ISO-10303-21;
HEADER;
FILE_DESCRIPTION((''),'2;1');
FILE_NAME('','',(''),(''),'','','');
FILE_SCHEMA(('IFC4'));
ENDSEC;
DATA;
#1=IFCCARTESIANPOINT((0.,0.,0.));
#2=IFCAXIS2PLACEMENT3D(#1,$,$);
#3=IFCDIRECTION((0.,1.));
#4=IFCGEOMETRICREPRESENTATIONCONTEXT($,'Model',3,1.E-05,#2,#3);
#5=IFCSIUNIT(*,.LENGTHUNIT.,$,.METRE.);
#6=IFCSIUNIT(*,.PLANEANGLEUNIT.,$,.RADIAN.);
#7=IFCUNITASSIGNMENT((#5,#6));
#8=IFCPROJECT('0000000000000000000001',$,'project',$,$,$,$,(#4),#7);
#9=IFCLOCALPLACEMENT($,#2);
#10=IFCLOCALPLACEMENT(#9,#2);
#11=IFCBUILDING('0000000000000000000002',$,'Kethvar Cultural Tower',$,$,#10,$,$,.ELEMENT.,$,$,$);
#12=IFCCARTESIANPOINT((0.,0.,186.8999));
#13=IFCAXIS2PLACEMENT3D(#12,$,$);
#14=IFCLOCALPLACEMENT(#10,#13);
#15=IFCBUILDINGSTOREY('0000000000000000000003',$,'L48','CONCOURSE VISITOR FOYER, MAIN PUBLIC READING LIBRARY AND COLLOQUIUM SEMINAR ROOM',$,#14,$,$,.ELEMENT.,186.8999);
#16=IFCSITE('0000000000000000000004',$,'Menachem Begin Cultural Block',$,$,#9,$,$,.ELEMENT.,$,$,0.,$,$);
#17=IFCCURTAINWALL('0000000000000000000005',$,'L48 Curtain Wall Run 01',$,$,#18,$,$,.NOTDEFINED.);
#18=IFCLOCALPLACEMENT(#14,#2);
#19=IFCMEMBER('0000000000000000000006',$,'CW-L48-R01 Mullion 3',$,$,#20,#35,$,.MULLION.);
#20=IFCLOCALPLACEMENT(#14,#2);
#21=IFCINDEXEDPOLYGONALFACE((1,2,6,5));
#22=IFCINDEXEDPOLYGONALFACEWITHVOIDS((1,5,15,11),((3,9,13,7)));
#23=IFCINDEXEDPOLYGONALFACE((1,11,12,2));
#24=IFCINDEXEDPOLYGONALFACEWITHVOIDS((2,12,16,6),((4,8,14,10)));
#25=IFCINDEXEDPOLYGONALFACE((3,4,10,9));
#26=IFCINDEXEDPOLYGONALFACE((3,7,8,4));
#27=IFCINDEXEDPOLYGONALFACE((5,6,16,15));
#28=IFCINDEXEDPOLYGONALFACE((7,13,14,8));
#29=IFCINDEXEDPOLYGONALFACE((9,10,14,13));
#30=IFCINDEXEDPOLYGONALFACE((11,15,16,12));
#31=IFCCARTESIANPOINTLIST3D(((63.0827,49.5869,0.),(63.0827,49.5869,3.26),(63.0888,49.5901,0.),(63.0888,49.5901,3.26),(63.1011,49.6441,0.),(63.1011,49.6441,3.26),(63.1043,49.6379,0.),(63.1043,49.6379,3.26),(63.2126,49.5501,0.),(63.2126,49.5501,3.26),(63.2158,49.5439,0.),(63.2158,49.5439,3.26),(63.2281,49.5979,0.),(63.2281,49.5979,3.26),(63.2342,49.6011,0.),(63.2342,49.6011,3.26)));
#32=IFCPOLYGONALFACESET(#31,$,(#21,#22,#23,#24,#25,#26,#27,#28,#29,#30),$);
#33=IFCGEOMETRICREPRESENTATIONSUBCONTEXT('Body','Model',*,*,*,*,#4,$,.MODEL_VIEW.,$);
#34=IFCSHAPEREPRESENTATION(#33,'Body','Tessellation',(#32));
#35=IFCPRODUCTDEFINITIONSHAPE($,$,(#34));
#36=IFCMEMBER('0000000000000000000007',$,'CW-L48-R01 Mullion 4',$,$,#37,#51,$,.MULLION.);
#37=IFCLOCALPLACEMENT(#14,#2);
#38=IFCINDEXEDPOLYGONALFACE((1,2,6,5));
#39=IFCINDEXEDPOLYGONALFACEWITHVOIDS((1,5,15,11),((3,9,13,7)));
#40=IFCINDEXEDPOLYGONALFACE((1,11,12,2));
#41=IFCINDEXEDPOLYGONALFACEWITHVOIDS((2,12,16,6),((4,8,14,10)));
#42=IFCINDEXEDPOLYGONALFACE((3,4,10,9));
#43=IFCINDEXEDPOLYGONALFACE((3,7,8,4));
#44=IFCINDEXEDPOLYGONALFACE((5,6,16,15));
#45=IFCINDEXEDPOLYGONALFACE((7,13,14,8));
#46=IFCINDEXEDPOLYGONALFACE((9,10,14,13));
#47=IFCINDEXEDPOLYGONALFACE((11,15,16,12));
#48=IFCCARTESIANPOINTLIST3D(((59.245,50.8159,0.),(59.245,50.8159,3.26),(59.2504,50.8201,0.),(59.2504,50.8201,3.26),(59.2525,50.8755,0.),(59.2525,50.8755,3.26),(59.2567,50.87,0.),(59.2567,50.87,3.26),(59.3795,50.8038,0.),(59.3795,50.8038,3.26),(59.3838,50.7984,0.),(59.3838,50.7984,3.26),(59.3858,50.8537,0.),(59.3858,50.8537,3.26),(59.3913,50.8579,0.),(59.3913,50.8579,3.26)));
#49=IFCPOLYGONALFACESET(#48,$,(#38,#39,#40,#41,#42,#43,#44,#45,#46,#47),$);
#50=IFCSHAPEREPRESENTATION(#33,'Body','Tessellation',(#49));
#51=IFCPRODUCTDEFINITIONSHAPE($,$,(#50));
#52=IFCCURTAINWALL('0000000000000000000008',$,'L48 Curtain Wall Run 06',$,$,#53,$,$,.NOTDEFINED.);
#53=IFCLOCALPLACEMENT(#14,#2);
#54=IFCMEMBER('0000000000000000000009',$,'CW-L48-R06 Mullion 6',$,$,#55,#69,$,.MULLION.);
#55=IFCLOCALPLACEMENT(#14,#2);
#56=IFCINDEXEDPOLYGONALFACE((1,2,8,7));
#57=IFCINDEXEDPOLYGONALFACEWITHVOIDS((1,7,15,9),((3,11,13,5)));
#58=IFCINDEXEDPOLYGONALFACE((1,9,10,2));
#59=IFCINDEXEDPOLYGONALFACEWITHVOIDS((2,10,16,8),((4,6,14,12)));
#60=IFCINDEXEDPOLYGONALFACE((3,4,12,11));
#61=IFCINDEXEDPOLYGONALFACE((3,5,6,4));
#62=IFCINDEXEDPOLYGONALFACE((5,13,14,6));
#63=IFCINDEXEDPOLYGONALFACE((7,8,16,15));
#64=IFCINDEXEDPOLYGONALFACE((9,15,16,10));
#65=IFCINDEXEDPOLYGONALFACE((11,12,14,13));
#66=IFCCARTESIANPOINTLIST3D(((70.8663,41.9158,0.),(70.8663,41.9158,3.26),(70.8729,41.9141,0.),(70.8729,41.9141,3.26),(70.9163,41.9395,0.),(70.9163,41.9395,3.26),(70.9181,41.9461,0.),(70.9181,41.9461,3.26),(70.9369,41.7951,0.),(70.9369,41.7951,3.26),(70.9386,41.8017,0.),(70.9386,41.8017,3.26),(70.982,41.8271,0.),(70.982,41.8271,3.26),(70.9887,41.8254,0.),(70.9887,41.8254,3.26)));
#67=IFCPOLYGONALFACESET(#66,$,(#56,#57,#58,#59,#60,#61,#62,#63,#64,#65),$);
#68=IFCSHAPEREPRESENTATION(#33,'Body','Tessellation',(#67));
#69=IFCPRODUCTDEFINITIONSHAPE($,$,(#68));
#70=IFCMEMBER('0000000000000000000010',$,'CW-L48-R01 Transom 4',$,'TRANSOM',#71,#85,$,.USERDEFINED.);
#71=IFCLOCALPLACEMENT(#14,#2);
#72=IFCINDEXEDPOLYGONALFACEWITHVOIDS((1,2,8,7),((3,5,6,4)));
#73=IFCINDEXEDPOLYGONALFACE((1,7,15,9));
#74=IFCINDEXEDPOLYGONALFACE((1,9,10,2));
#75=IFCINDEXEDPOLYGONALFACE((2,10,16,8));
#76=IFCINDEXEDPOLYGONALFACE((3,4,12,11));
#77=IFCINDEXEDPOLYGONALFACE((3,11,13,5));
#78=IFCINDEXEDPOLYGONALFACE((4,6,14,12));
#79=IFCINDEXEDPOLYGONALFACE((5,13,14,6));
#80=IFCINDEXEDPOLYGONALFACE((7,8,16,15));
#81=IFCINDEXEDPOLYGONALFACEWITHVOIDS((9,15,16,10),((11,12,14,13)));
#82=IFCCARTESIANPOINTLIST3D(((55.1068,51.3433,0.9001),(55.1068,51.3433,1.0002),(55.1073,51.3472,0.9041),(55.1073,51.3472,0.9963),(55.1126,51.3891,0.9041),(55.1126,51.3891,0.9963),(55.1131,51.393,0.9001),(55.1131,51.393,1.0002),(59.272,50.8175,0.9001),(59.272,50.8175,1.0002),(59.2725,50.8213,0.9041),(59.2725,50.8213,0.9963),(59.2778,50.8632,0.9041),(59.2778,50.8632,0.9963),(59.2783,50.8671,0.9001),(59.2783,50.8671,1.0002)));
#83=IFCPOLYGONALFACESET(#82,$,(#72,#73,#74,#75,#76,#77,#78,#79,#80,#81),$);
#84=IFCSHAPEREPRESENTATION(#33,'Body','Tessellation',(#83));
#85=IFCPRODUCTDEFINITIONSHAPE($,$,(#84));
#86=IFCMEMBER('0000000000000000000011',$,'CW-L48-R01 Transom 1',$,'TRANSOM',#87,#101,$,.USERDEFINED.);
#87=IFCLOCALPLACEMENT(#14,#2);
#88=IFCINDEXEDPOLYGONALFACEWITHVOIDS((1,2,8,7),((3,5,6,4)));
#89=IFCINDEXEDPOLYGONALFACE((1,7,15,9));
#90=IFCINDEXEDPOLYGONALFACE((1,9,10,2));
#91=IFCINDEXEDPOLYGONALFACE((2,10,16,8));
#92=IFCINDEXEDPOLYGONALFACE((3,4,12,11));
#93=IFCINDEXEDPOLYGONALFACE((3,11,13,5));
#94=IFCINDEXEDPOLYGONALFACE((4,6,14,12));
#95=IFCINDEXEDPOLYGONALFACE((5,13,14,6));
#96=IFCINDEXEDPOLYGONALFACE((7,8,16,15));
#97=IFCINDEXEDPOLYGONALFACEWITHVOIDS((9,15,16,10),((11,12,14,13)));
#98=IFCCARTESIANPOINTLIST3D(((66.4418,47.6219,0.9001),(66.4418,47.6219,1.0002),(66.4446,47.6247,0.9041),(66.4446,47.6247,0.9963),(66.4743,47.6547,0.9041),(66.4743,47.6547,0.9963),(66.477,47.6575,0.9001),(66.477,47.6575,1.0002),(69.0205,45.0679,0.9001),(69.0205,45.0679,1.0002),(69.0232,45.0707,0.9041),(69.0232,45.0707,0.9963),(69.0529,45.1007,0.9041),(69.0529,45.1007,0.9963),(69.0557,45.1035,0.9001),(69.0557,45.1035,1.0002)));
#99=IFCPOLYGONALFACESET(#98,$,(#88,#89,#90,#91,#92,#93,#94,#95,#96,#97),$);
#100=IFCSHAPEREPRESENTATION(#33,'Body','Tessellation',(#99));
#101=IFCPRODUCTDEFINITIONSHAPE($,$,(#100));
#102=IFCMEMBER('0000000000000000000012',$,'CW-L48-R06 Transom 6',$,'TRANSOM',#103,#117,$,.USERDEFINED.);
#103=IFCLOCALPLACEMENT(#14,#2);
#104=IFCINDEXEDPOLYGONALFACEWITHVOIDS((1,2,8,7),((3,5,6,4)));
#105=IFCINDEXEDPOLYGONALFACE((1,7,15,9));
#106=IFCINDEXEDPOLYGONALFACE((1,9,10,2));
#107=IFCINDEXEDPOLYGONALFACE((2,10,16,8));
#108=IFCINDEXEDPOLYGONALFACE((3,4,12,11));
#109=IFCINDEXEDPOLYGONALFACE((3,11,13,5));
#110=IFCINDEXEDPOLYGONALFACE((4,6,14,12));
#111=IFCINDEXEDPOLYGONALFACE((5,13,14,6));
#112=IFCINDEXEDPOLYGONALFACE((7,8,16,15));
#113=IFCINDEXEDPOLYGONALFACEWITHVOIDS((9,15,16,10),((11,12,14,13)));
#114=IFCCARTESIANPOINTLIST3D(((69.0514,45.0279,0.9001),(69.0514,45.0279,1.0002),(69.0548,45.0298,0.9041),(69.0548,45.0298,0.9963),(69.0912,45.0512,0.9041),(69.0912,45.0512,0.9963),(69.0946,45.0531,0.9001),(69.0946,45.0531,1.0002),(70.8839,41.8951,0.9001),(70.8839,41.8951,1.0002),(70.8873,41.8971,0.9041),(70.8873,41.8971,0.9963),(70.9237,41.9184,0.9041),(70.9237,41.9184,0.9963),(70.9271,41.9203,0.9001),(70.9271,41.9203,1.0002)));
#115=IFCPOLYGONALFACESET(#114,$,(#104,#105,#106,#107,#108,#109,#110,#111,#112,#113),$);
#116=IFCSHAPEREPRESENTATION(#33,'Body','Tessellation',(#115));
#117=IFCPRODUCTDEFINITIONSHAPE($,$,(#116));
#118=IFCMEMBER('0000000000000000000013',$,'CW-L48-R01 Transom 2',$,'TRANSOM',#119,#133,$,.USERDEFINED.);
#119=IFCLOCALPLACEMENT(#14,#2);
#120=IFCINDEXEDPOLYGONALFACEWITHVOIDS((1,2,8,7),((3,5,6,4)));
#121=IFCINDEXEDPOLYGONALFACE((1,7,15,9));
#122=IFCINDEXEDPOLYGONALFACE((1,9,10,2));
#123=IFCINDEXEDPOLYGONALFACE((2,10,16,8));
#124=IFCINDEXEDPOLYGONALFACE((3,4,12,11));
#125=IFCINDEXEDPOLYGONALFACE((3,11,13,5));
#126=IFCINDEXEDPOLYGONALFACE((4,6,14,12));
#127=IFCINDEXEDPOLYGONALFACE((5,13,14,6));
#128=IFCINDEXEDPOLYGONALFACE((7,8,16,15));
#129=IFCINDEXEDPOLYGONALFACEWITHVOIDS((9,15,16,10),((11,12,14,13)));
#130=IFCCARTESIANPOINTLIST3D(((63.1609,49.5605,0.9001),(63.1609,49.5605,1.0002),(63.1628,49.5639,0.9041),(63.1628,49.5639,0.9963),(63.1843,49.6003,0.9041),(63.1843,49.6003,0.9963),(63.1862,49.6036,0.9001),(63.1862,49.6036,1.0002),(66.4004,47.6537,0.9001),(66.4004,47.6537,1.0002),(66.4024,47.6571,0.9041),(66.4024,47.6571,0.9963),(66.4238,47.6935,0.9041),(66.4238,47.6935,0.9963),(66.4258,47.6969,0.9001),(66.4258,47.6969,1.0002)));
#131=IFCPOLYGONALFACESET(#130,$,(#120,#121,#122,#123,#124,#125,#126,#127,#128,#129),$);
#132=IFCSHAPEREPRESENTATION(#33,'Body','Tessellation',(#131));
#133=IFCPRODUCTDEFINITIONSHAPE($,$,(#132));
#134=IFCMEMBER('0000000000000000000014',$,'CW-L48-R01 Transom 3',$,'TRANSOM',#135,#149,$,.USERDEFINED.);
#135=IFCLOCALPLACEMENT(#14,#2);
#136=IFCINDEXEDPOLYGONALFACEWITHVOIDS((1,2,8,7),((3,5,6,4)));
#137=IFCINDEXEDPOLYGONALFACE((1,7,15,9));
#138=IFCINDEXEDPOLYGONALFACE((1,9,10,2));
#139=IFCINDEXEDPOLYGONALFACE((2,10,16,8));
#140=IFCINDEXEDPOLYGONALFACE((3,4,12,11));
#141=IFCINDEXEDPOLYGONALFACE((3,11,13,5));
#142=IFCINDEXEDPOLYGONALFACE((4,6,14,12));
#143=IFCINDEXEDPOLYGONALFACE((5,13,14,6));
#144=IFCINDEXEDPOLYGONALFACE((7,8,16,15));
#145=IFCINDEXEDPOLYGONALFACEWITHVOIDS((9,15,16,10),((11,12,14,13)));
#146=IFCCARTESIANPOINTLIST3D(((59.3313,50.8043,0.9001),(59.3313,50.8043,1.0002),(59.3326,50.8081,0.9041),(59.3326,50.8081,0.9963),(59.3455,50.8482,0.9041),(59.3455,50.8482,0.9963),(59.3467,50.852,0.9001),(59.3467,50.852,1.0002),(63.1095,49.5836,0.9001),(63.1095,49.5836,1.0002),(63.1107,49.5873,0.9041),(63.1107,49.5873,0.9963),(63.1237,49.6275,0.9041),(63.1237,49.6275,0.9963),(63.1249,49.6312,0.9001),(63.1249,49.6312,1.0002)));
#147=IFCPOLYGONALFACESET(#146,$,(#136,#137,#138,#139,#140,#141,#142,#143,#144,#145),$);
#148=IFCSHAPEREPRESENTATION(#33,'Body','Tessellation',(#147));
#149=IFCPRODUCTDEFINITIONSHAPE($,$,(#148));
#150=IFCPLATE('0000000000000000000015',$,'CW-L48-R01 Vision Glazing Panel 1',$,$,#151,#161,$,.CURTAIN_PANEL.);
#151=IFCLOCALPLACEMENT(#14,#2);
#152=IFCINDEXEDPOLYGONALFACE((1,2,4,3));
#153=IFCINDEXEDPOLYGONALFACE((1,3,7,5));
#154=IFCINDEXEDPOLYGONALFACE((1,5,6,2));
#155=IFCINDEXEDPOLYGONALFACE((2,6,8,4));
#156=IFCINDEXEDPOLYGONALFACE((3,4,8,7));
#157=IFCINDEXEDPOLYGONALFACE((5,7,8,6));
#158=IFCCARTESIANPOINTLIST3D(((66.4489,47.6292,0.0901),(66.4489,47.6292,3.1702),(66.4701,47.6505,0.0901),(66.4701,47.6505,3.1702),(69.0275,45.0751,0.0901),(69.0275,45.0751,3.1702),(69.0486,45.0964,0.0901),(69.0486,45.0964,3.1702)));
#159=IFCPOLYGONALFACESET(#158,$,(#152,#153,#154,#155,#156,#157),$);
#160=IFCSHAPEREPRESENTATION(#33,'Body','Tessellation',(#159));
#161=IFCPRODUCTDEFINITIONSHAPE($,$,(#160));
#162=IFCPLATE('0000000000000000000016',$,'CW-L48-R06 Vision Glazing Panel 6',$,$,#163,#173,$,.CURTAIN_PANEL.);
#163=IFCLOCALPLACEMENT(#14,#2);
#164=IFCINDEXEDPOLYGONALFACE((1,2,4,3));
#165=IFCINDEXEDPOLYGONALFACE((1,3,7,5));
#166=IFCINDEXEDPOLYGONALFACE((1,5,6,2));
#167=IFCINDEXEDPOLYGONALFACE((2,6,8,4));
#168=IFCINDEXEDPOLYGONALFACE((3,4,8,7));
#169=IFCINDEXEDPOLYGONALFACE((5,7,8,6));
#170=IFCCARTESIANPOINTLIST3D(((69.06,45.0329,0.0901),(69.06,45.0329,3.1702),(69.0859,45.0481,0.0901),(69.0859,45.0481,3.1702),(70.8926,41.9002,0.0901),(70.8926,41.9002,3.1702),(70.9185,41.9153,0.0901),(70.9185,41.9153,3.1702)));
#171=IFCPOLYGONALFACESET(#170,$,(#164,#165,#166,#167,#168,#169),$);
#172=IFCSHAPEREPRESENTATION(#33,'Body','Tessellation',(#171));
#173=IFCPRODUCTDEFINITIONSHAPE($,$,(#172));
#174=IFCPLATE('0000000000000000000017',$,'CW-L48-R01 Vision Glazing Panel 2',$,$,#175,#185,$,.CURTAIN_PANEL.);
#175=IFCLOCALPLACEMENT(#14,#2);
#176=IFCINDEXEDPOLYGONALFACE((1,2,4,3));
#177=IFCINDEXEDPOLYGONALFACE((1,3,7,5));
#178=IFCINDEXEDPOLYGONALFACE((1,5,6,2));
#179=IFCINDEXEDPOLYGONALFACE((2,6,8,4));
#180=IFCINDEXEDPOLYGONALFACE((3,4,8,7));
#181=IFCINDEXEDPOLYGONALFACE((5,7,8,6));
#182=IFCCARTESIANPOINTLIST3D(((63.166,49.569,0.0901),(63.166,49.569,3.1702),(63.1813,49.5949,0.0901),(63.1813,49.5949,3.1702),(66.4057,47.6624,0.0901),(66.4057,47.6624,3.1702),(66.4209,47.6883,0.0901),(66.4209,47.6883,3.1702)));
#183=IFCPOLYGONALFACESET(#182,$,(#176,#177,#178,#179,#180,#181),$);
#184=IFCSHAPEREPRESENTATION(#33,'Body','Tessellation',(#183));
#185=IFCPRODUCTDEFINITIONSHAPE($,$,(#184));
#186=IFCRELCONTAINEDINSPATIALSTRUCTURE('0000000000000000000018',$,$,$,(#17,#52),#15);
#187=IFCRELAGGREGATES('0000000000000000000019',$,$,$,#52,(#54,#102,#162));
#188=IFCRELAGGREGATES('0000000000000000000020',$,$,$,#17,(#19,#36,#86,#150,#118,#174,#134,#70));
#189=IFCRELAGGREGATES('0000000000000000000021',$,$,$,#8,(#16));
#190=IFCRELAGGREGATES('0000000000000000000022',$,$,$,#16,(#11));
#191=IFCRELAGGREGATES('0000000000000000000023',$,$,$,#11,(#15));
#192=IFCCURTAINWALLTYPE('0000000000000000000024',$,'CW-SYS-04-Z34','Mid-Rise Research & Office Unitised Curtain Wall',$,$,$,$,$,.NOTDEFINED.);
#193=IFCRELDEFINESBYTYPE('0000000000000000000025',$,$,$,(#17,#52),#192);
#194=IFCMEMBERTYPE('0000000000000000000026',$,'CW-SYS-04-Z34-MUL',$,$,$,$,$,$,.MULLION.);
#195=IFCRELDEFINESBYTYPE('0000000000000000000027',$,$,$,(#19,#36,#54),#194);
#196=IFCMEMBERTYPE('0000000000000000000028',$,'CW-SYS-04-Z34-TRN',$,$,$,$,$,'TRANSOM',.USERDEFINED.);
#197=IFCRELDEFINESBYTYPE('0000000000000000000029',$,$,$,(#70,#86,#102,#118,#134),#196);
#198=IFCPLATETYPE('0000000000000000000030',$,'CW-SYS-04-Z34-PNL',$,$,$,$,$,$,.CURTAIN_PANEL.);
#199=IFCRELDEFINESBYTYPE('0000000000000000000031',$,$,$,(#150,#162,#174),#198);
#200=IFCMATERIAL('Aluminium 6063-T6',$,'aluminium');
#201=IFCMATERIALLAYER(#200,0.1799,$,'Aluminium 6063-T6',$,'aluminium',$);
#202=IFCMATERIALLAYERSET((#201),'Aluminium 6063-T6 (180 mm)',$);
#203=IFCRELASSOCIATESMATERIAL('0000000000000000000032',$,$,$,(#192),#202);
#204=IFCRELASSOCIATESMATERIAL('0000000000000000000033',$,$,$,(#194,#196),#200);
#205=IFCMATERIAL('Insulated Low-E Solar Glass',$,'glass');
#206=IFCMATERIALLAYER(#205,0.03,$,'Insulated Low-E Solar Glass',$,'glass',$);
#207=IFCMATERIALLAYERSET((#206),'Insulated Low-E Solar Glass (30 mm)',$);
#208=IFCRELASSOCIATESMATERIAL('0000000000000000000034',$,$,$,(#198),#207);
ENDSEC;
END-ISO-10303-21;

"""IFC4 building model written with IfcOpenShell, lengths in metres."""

from ifc_helpers import new_model, si_unit, direction, frame, origin, origin_2d, place, context, subcontext, project, spatial, rectangle, hollow_rectangle, extrude, source, transform, mapped, material, layer, layer_set, material_profile, profile_set, type_object, element, aggregate, save


model = new_model("IFC4")

# Units and contexts
model_context = context("Model", 3, precision=1e-05, world=origin(), true_north=direction((0.0, 1.0)))
body_context = subcontext(model_context, "Body", "Model", "MODEL_VIEW")
ifc_project = project(units=[si_unit("LENGTHUNIT", "METRE"), si_unit("PLANEANGLEUNIT", "RADIAN")], contexts=[model_context])

# Site, building, storey
site_placement = place(None, origin())
site = spatial("IfcSite", under=ifc_project, at=site_placement, Name="Menachem Begin Cultural Block", CompositionType="ELEMENT", RefElevation=0.0)
building_placement = place(site_placement, origin())
building = spatial("IfcBuilding", under=site, at=building_placement, Name="Kethvar Cultural Tower", CompositionType="ELEMENT")
storey_placement = place(building_placement, frame((0.0, 0.0, 186.8999)))
storey = spatial("IfcBuildingStorey", under=building, at=storey_placement, Name="L48", Description="CONCOURSE VISITOR FOYER, MAIN PUBLIC READING LIBRARY AND COLLOQUIUM SEMINAR ROOM", CompositionType="ELEMENT", Elevation=186.8999)

# Curtain wall, members
ifc_material_1 = material(Name="Aluminium 6063-T6", Category="aluminium")
ifc_layer_1 = layer(ifc_material_1, 0.1799, Name="Aluminium 6063-T6", Category="aluminium")
ifc_layer_set_1 = layer_set([ifc_layer_1], Name="Aluminium 6063-T6 (180 mm)")
curtain_wall_type = type_object("IfcCurtainWallType", Name="CW-SYS-04-Z34", Description="Mid-Rise Research & Office Unitised Curtain Wall", PredefinedType="NOTDEFINED", material=ifc_layer_set_1)
curtain_wall_1_placement = place(storey_placement, origin())
curtain_wall_1 = element("IfcCurtainWall", 1, at=curtain_wall_1_placement, inside=storey, type_object=curtain_wall_type, Name="L48 Curtain Wall Run 01", PredefinedType="NOTDEFINED")
ifc_material_profile_1 = material_profile(ifc_material_1, hollow_rectangle(XDim=0.0601, YDim=0.1399, WallThickness=0.0049, at=origin_2d()), Name="Aluminium 6063-T6 — RHS140x60x5")
ifc_profile_set_1 = profile_set([ifc_material_profile_1], Name="Aluminium 6063-T6 — RHS140x60x5")
member_type_1 = type_object("IfcMemberType", Name="CW-SYS-04-Z34-MUL", PredefinedType="MULLION", material=ifc_profile_set_1)
shared_shape_1 = source(origin(), body_context, "Body", "SweptSolid", [
    extrude(hollow_rectangle(XDim=0.0601, YDim=0.1399, WallThickness=0.0049, at=origin_2d()), origin(), (0.0, 0.0, 1.0), 3.26),
])
member_1_placement = place(storey_placement, frame((63.1584, 49.594, 0.0), z_axis=(0.0, 0.0, 1.0), x_axis=(-0.307473, -0.951557, 0.0)))
member_1 = element("IfcMember", 2, at=member_1_placement, type_object=member_type_1, Name="CW-L48-R01 Mullion 3", PredefinedType="MULLION", context=body_context, shape_type="MappedRepresentation", body=[
    mapped(shared_shape_1, transform((0.0, 0.0, 0.0), scale=1.0)),
])
member_2_placement = place(storey_placement, frame((59.3181, 50.8369, 0.0), z_axis=(0.0, 0.0, 1.0), x_axis=(-0.125229, -0.992128, 0.0)))
member_2 = element("IfcMember", 3, at=member_2_placement, type_object=member_type_1, Name="CW-L48-R01 Mullion 4", PredefinedType="MULLION", context=body_context, shape_type="MappedRepresentation", body=[
    mapped(shared_shape_1, transform((0.0, 0.0, 0.0), scale=1.0)),
])

# Curtain wall, member
curtain_wall_2_placement = place(storey_placement, origin())
curtain_wall_2 = element("IfcCurtainWall", 4, at=curtain_wall_2_placement, inside=storey, type_object=curtain_wall_type, Name="L48 Curtain Wall Run 06", PredefinedType="NOTDEFINED")
member_3_placement = place(storey_placement, frame((70.9275, 41.8706, 0.0), z_axis=(0.0, 0.0, 1.0), x_axis=(-0.863158, -0.504934, 0.0)))
member_3 = element("IfcMember", 5, at=member_3_placement, type_object=member_type_1, Name="CW-L48-R06 Mullion 6", PredefinedType="MULLION", context=body_context, shape_type="MappedRepresentation", body=[
    mapped(shared_shape_1, transform((0.0, 0.0, 0.0), scale=1.0)),
])

# Members
ifc_material_profile_2 = material_profile(ifc_material_1, hollow_rectangle(XDim=0.05, YDim=0.1001, WallThickness=0.0039, at=origin_2d()), Name="Aluminium 6063-T6 — RHS100x50x4")
ifc_profile_set_2 = profile_set([ifc_material_profile_2], Name="Aluminium 6063-T6 — RHS100x50x4")
member_type_2 = type_object("IfcMemberType", Name="CW-SYS-04-Z34-TRN", ElementType="TRANSOM", PredefinedType="USERDEFINED", material=ifc_profile_set_2)
shared_shape_2 = source(origin(), body_context, "Body", "SweptSolid", [
    extrude(hollow_rectangle(XDim=0.05, YDim=0.1001, WallThickness=0.0039, at=origin_2d()), origin(), (0.0, 0.0, 1.0), 4.1982),
])
member_4_placement = place(storey_placement, frame((59.2751, 50.8423, 0.9502), z_axis=(-0.992124, 0.125259, 0.0), x_axis=(-0.125259, -0.992124, 0.0)))
member_4 = element("IfcMember", 6, at=member_4_placement, type_object=member_type_2, Name="CW-L48-R01 Transom 4", ObjectType="TRANSOM", PredefinedType="USERDEFINED", context=body_context, shape_type="MappedRepresentation", body=[
    mapped(shared_shape_2, transform((0.0, 0.0, 0.0), scale=1.0)),
])
shared_shape_3 = source(origin(), body_context, "Body", "SweptSolid", [
    extrude(hollow_rectangle(XDim=0.05, YDim=0.1001, WallThickness=0.0039, at=origin_2d()), origin(), (0.0, 0.0, 1.0), 3.6294),
])
member_5_placement = place(storey_placement, frame((69.0381, 45.0857, 0.9502), z_axis=(-0.710496, 0.703702, 0.0), x_axis=(-0.703702, -0.710496, 0.0)))
member_5 = element("IfcMember", 7, at=member_5_placement, type_object=member_type_2, Name="CW-L48-R01 Transom 1", ObjectType="TRANSOM", PredefinedType="USERDEFINED", context=body_context, shape_type="MappedRepresentation", body=[
    mapped(shared_shape_3, transform((0.0, 0.0, 0.0), scale=1.0)),
])
member_6_placement = place(storey_placement, frame((70.9055, 41.9077, 0.9502), z_axis=(-0.504908, 0.863173, 0.0), x_axis=(-0.863173, -0.504908, 0.0)))
member_6 = element("IfcMember", 8, at=member_6_placement, type_object=member_type_2, Name="CW-L48-R06 Transom 6", ObjectType="TRANSOM", PredefinedType="USERDEFINED", context=body_context, shape_type="MappedRepresentation", body=[
    mapped(shared_shape_3, transform((0.0, 0.0, 0.0), scale=1.0)),
])
shared_shape_4 = source(origin(), body_context, "Body", "SweptSolid", [
    extrude(hollow_rectangle(XDim=0.05, YDim=0.1001, WallThickness=0.0039, at=origin_2d()), origin(), (0.0, 0.0, 1.0), 3.759),
])
member_7_placement = place(storey_placement, frame((66.4131, 47.6753, 0.9502), z_axis=(-0.861801, 0.507247, 0.0), x_axis=(-0.507247, -0.861801, 0.0)))
member_7 = element("IfcMember", 9, at=member_7_placement, type_object=member_type_2, Name="CW-L48-R01 Transom 2", ObjectType="TRANSOM", PredefinedType="USERDEFINED", context=body_context, shape_type="MappedRepresentation", body=[
    mapped(shared_shape_4, transform((0.0, 0.0, 0.0), scale=1.0)),
])
shared_shape_5 = source(origin(), body_context, "Body", "SweptSolid", [
    extrude(hollow_rectangle(XDim=0.05, YDim=0.1001, WallThickness=0.0039, at=origin_2d()), origin(), (0.0, 0.0, 1.0), 3.9705),
])
member_8_placement = place(storey_placement, frame((63.1172, 49.6074, 0.9502), z_axis=(-0.951564, 0.307452, 0.0), x_axis=(-0.307452, -0.951564, 0.0)))
member_8 = element("IfcMember", 10, at=member_8_placement, type_object=member_type_2, Name="CW-L48-R01 Transom 3", ObjectType="TRANSOM", PredefinedType="USERDEFINED", context=body_context, shape_type="MappedRepresentation", body=[
    mapped(shared_shape_5, transform((0.0, 0.0, 0.0), scale=1.0)),
])

# Plates
ifc_material_2 = material(Name="Insulated Low-E Solar Glass", Category="glass")
ifc_layer_2 = layer(ifc_material_2, 0.03, Name="Insulated Low-E Solar Glass", Category="glass")
ifc_layer_set_2 = layer_set([ifc_layer_2], Name="Insulated Low-E Solar Glass (30 mm)")
plate_type = type_object("IfcPlateType", Name="CW-SYS-04-Z34-PNL", PredefinedType="CURTAIN_PANEL", material=ifc_layer_set_2)
shared_shape_6 = source(origin(), body_context, "Body", "SweptSolid", [
    extrude(rectangle(XDim=3.6294, YDim=0.03, at=origin_2d()), origin(), (0.0, 0.0, 1.0), 3.0801),
])
plate_1_placement = place(storey_placement, frame((67.7488, 46.3628, 0.0901), z_axis=(0.0, 0.0, 1.0), x_axis=(-0.710468, 0.70373, 0.0)))
plate_1 = element("IfcPlate", 11, at=plate_1_placement, type_object=plate_type, Name="CW-L48-R01 Vision Glazing Panel 1", PredefinedType="CURTAIN_PANEL", context=body_context, shape_type="MappedRepresentation", body=[
    mapped(shared_shape_6, transform((0.0, 0.0, 0.0), scale=1.0)),
])
plate_2_placement = place(storey_placement, frame((69.9893, 43.4741, 0.0901), z_axis=(0.0, 0.0, 1.0), x_axis=(-0.504934, 0.863158, 0.0)))
plate_2 = element("IfcPlate", 12, at=plate_2_placement, type_object=plate_type, Name="CW-L48-R06 Vision Glazing Panel 6", PredefinedType="CURTAIN_PANEL", context=body_context, shape_type="MappedRepresentation", body=[
    mapped(shared_shape_6, transform((0.0, 0.0, 0.0), scale=1.0)),
])
aggregate(curtain_wall_2, [member_3, member_6, plate_2])
shared_shape_7 = source(origin(), body_context, "Body", "SweptSolid", [
    extrude(rectangle(XDim=3.759, YDim=0.03, at=origin_2d()), origin(), (0.0, 0.0, 1.0), 3.0801),
])
plate_3_placement = place(storey_placement, frame((64.7935, 48.6287, 0.0901), z_axis=(0.0, 0.0, 1.0), x_axis=(-0.861824, 0.507207, 0.0)))
plate_3 = element("IfcPlate", 13, at=plate_3_placement, type_object=plate_type, Name="CW-L48-R01 Vision Glazing Panel 2", PredefinedType="CURTAIN_PANEL", context=body_context, shape_type="MappedRepresentation", body=[
    mapped(shared_shape_7, transform((0.0, 0.0, 0.0), scale=1.0)),
])
aggregate(curtain_wall_1, [member_1, member_2, member_5, plate_1, member_7, plate_3, member_8, member_4])

save(model, "model.ifc")
